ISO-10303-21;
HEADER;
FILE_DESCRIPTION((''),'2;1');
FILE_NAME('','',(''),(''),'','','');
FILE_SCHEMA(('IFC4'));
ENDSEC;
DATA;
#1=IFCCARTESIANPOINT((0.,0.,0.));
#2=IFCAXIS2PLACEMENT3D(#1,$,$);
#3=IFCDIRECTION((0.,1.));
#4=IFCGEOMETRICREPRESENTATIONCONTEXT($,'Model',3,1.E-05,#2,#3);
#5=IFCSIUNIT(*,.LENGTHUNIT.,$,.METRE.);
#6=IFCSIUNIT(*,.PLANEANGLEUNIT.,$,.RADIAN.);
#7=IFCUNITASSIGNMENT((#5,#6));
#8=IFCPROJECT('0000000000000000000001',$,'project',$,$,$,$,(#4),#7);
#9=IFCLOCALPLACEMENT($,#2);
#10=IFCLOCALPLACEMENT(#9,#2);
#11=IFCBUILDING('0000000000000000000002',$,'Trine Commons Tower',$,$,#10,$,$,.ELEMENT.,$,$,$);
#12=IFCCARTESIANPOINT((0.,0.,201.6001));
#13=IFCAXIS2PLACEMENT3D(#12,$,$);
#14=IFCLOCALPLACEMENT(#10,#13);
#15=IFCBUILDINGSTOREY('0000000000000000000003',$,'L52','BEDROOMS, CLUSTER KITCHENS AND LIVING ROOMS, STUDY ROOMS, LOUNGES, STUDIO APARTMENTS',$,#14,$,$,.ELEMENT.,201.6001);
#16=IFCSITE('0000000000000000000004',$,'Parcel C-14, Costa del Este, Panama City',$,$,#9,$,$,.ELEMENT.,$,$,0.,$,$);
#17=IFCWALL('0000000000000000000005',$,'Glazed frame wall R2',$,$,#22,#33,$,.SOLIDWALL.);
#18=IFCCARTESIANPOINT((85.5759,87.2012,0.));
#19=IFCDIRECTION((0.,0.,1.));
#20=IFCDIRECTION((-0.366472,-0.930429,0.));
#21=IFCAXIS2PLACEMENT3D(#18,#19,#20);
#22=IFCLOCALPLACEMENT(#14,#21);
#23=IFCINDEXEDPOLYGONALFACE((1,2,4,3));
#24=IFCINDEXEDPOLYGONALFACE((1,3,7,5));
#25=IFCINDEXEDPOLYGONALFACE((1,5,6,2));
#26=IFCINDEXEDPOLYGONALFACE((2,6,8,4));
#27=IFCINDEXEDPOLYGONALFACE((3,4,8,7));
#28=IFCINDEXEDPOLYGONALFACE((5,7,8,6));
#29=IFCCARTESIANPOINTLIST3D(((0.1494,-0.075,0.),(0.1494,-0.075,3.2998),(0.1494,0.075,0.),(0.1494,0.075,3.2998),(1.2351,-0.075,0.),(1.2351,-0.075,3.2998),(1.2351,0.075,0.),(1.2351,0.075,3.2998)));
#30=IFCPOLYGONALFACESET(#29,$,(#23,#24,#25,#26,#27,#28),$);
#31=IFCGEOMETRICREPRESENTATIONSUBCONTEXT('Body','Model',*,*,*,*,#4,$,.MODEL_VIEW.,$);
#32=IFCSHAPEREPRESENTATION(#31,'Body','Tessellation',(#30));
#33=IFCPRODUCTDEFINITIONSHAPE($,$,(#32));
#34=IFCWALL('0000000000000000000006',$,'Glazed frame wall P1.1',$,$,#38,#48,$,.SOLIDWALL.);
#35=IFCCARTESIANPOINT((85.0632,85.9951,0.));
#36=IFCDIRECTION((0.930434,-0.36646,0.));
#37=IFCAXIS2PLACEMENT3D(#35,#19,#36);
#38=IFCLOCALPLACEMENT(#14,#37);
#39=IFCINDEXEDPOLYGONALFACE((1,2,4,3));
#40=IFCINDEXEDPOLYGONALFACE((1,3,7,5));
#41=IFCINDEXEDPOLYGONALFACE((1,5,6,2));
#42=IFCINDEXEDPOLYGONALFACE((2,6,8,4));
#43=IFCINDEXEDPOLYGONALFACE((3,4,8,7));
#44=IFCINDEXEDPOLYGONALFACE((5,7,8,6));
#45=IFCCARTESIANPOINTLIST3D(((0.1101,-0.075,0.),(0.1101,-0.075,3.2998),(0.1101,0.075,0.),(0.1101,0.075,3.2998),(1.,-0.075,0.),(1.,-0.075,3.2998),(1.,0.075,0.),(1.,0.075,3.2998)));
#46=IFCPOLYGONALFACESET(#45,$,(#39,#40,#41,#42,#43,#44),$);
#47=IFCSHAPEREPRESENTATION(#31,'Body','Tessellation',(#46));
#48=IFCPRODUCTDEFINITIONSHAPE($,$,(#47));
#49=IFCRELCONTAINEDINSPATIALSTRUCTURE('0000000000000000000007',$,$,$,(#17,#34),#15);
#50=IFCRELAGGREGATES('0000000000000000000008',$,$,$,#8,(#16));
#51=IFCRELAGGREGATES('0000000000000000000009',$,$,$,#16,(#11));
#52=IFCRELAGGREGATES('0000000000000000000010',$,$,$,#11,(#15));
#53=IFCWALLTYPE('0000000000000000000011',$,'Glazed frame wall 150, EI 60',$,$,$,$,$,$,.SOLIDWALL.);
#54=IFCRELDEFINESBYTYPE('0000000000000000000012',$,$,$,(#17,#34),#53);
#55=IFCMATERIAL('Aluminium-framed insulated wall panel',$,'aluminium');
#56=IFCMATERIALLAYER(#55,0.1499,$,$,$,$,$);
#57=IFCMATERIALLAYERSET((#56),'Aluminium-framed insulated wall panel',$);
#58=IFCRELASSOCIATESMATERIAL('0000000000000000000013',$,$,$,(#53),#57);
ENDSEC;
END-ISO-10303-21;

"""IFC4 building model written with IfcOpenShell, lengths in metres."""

from ifc_helpers import new_model, si_unit, direction, frame, origin, place, context, subcontext, project, spatial, polyline, outline, extrude, material, layer, layer_set, type_object, element, save


model = new_model("IFC4")

# Units and contexts
model_context = context("Model", 3, precision=1e-05, world=origin(), true_north=direction((0.0, 1.0)))
body_context = subcontext(model_context, "Body", "Model", "MODEL_VIEW")
ifc_project = project(units=[si_unit("LENGTHUNIT", "METRE"), si_unit("PLANEANGLEUNIT", "RADIAN")], contexts=[model_context])

# Site, building, storey
site_placement = place(None, origin())
site = spatial("IfcSite", under=ifc_project, at=site_placement, Name="Parcel C-14, Costa del Este, Panama City", CompositionType="ELEMENT", RefElevation=0.0)
building_placement = place(site_placement, origin())
building = spatial("IfcBuilding", under=site, at=building_placement, Name="Trine Commons Tower", CompositionType="ELEMENT")
storey_placement = place(building_placement, frame((0.0, 0.0, 201.6001)))
storey = spatial("IfcBuildingStorey", under=building, at=storey_placement, Name="L52", Description="BEDROOMS, CLUSTER KITCHENS AND LIVING ROOMS, STUDY ROOMS, LOUNGES, STUDIO APARTMENTS", CompositionType="ELEMENT", Elevation=201.6001)

# Walls
ifc_material_1 = material(Name="Aluminium-framed insulated wall panel", Category="aluminium")
ifc_layer_1 = layer(ifc_material_1, 0.1499)
ifc_layer_set_1 = layer_set([ifc_layer_1], Name="Aluminium-framed insulated wall panel")
wall_type_1 = type_object("IfcWallType", Name="Glazed frame wall 150, EI 60", PredefinedType="SOLIDWALL", material=ifc_layer_set_1)
wall_1_placement = place(storey_placement, frame((85.5759, 87.2012, 0.0), z_axis=(0.0, 0.0, 1.0), x_axis=(-0.366472, -0.930429, 0.0)))
element("IfcWall", 1, at=wall_1_placement, inside=storey, type_object=wall_type_1, Name="Glazed frame wall R2", PredefinedType="SOLIDWALL", context=body_context, shape_type="SweptSolid", body=[
    extrude(outline(polyline([(0.1494, 0.075), (0.1494, -0.075), (1.2351, -0.075), (1.2351, 0.075), (0.1494, 0.075)])), origin(), (0.0, 0.0, 1.0), 3.2998),
])
wall_2_placement = place(storey_placement, frame((85.0632, 85.9951, 0.0), z_axis=(0.0, 0.0, 1.0), x_axis=(0.930434, -0.36646, 0.0)))
element("IfcWall", 2, at=wall_2_placement, inside=storey, type_object=wall_type_1, Name="Glazed frame wall P1.1", PredefinedType="SOLIDWALL", context=body_context, shape_type="SweptSolid", body=[
    extrude(outline(polyline([(0.1101, -0.075), (1.0, -0.075), (1.0, 0.075), (0.1101, 0.075), (0.1101, -0.075)])), origin(), (0.0, 0.0, 1.0), 3.2998),
])

save(model, "model.ifc")
